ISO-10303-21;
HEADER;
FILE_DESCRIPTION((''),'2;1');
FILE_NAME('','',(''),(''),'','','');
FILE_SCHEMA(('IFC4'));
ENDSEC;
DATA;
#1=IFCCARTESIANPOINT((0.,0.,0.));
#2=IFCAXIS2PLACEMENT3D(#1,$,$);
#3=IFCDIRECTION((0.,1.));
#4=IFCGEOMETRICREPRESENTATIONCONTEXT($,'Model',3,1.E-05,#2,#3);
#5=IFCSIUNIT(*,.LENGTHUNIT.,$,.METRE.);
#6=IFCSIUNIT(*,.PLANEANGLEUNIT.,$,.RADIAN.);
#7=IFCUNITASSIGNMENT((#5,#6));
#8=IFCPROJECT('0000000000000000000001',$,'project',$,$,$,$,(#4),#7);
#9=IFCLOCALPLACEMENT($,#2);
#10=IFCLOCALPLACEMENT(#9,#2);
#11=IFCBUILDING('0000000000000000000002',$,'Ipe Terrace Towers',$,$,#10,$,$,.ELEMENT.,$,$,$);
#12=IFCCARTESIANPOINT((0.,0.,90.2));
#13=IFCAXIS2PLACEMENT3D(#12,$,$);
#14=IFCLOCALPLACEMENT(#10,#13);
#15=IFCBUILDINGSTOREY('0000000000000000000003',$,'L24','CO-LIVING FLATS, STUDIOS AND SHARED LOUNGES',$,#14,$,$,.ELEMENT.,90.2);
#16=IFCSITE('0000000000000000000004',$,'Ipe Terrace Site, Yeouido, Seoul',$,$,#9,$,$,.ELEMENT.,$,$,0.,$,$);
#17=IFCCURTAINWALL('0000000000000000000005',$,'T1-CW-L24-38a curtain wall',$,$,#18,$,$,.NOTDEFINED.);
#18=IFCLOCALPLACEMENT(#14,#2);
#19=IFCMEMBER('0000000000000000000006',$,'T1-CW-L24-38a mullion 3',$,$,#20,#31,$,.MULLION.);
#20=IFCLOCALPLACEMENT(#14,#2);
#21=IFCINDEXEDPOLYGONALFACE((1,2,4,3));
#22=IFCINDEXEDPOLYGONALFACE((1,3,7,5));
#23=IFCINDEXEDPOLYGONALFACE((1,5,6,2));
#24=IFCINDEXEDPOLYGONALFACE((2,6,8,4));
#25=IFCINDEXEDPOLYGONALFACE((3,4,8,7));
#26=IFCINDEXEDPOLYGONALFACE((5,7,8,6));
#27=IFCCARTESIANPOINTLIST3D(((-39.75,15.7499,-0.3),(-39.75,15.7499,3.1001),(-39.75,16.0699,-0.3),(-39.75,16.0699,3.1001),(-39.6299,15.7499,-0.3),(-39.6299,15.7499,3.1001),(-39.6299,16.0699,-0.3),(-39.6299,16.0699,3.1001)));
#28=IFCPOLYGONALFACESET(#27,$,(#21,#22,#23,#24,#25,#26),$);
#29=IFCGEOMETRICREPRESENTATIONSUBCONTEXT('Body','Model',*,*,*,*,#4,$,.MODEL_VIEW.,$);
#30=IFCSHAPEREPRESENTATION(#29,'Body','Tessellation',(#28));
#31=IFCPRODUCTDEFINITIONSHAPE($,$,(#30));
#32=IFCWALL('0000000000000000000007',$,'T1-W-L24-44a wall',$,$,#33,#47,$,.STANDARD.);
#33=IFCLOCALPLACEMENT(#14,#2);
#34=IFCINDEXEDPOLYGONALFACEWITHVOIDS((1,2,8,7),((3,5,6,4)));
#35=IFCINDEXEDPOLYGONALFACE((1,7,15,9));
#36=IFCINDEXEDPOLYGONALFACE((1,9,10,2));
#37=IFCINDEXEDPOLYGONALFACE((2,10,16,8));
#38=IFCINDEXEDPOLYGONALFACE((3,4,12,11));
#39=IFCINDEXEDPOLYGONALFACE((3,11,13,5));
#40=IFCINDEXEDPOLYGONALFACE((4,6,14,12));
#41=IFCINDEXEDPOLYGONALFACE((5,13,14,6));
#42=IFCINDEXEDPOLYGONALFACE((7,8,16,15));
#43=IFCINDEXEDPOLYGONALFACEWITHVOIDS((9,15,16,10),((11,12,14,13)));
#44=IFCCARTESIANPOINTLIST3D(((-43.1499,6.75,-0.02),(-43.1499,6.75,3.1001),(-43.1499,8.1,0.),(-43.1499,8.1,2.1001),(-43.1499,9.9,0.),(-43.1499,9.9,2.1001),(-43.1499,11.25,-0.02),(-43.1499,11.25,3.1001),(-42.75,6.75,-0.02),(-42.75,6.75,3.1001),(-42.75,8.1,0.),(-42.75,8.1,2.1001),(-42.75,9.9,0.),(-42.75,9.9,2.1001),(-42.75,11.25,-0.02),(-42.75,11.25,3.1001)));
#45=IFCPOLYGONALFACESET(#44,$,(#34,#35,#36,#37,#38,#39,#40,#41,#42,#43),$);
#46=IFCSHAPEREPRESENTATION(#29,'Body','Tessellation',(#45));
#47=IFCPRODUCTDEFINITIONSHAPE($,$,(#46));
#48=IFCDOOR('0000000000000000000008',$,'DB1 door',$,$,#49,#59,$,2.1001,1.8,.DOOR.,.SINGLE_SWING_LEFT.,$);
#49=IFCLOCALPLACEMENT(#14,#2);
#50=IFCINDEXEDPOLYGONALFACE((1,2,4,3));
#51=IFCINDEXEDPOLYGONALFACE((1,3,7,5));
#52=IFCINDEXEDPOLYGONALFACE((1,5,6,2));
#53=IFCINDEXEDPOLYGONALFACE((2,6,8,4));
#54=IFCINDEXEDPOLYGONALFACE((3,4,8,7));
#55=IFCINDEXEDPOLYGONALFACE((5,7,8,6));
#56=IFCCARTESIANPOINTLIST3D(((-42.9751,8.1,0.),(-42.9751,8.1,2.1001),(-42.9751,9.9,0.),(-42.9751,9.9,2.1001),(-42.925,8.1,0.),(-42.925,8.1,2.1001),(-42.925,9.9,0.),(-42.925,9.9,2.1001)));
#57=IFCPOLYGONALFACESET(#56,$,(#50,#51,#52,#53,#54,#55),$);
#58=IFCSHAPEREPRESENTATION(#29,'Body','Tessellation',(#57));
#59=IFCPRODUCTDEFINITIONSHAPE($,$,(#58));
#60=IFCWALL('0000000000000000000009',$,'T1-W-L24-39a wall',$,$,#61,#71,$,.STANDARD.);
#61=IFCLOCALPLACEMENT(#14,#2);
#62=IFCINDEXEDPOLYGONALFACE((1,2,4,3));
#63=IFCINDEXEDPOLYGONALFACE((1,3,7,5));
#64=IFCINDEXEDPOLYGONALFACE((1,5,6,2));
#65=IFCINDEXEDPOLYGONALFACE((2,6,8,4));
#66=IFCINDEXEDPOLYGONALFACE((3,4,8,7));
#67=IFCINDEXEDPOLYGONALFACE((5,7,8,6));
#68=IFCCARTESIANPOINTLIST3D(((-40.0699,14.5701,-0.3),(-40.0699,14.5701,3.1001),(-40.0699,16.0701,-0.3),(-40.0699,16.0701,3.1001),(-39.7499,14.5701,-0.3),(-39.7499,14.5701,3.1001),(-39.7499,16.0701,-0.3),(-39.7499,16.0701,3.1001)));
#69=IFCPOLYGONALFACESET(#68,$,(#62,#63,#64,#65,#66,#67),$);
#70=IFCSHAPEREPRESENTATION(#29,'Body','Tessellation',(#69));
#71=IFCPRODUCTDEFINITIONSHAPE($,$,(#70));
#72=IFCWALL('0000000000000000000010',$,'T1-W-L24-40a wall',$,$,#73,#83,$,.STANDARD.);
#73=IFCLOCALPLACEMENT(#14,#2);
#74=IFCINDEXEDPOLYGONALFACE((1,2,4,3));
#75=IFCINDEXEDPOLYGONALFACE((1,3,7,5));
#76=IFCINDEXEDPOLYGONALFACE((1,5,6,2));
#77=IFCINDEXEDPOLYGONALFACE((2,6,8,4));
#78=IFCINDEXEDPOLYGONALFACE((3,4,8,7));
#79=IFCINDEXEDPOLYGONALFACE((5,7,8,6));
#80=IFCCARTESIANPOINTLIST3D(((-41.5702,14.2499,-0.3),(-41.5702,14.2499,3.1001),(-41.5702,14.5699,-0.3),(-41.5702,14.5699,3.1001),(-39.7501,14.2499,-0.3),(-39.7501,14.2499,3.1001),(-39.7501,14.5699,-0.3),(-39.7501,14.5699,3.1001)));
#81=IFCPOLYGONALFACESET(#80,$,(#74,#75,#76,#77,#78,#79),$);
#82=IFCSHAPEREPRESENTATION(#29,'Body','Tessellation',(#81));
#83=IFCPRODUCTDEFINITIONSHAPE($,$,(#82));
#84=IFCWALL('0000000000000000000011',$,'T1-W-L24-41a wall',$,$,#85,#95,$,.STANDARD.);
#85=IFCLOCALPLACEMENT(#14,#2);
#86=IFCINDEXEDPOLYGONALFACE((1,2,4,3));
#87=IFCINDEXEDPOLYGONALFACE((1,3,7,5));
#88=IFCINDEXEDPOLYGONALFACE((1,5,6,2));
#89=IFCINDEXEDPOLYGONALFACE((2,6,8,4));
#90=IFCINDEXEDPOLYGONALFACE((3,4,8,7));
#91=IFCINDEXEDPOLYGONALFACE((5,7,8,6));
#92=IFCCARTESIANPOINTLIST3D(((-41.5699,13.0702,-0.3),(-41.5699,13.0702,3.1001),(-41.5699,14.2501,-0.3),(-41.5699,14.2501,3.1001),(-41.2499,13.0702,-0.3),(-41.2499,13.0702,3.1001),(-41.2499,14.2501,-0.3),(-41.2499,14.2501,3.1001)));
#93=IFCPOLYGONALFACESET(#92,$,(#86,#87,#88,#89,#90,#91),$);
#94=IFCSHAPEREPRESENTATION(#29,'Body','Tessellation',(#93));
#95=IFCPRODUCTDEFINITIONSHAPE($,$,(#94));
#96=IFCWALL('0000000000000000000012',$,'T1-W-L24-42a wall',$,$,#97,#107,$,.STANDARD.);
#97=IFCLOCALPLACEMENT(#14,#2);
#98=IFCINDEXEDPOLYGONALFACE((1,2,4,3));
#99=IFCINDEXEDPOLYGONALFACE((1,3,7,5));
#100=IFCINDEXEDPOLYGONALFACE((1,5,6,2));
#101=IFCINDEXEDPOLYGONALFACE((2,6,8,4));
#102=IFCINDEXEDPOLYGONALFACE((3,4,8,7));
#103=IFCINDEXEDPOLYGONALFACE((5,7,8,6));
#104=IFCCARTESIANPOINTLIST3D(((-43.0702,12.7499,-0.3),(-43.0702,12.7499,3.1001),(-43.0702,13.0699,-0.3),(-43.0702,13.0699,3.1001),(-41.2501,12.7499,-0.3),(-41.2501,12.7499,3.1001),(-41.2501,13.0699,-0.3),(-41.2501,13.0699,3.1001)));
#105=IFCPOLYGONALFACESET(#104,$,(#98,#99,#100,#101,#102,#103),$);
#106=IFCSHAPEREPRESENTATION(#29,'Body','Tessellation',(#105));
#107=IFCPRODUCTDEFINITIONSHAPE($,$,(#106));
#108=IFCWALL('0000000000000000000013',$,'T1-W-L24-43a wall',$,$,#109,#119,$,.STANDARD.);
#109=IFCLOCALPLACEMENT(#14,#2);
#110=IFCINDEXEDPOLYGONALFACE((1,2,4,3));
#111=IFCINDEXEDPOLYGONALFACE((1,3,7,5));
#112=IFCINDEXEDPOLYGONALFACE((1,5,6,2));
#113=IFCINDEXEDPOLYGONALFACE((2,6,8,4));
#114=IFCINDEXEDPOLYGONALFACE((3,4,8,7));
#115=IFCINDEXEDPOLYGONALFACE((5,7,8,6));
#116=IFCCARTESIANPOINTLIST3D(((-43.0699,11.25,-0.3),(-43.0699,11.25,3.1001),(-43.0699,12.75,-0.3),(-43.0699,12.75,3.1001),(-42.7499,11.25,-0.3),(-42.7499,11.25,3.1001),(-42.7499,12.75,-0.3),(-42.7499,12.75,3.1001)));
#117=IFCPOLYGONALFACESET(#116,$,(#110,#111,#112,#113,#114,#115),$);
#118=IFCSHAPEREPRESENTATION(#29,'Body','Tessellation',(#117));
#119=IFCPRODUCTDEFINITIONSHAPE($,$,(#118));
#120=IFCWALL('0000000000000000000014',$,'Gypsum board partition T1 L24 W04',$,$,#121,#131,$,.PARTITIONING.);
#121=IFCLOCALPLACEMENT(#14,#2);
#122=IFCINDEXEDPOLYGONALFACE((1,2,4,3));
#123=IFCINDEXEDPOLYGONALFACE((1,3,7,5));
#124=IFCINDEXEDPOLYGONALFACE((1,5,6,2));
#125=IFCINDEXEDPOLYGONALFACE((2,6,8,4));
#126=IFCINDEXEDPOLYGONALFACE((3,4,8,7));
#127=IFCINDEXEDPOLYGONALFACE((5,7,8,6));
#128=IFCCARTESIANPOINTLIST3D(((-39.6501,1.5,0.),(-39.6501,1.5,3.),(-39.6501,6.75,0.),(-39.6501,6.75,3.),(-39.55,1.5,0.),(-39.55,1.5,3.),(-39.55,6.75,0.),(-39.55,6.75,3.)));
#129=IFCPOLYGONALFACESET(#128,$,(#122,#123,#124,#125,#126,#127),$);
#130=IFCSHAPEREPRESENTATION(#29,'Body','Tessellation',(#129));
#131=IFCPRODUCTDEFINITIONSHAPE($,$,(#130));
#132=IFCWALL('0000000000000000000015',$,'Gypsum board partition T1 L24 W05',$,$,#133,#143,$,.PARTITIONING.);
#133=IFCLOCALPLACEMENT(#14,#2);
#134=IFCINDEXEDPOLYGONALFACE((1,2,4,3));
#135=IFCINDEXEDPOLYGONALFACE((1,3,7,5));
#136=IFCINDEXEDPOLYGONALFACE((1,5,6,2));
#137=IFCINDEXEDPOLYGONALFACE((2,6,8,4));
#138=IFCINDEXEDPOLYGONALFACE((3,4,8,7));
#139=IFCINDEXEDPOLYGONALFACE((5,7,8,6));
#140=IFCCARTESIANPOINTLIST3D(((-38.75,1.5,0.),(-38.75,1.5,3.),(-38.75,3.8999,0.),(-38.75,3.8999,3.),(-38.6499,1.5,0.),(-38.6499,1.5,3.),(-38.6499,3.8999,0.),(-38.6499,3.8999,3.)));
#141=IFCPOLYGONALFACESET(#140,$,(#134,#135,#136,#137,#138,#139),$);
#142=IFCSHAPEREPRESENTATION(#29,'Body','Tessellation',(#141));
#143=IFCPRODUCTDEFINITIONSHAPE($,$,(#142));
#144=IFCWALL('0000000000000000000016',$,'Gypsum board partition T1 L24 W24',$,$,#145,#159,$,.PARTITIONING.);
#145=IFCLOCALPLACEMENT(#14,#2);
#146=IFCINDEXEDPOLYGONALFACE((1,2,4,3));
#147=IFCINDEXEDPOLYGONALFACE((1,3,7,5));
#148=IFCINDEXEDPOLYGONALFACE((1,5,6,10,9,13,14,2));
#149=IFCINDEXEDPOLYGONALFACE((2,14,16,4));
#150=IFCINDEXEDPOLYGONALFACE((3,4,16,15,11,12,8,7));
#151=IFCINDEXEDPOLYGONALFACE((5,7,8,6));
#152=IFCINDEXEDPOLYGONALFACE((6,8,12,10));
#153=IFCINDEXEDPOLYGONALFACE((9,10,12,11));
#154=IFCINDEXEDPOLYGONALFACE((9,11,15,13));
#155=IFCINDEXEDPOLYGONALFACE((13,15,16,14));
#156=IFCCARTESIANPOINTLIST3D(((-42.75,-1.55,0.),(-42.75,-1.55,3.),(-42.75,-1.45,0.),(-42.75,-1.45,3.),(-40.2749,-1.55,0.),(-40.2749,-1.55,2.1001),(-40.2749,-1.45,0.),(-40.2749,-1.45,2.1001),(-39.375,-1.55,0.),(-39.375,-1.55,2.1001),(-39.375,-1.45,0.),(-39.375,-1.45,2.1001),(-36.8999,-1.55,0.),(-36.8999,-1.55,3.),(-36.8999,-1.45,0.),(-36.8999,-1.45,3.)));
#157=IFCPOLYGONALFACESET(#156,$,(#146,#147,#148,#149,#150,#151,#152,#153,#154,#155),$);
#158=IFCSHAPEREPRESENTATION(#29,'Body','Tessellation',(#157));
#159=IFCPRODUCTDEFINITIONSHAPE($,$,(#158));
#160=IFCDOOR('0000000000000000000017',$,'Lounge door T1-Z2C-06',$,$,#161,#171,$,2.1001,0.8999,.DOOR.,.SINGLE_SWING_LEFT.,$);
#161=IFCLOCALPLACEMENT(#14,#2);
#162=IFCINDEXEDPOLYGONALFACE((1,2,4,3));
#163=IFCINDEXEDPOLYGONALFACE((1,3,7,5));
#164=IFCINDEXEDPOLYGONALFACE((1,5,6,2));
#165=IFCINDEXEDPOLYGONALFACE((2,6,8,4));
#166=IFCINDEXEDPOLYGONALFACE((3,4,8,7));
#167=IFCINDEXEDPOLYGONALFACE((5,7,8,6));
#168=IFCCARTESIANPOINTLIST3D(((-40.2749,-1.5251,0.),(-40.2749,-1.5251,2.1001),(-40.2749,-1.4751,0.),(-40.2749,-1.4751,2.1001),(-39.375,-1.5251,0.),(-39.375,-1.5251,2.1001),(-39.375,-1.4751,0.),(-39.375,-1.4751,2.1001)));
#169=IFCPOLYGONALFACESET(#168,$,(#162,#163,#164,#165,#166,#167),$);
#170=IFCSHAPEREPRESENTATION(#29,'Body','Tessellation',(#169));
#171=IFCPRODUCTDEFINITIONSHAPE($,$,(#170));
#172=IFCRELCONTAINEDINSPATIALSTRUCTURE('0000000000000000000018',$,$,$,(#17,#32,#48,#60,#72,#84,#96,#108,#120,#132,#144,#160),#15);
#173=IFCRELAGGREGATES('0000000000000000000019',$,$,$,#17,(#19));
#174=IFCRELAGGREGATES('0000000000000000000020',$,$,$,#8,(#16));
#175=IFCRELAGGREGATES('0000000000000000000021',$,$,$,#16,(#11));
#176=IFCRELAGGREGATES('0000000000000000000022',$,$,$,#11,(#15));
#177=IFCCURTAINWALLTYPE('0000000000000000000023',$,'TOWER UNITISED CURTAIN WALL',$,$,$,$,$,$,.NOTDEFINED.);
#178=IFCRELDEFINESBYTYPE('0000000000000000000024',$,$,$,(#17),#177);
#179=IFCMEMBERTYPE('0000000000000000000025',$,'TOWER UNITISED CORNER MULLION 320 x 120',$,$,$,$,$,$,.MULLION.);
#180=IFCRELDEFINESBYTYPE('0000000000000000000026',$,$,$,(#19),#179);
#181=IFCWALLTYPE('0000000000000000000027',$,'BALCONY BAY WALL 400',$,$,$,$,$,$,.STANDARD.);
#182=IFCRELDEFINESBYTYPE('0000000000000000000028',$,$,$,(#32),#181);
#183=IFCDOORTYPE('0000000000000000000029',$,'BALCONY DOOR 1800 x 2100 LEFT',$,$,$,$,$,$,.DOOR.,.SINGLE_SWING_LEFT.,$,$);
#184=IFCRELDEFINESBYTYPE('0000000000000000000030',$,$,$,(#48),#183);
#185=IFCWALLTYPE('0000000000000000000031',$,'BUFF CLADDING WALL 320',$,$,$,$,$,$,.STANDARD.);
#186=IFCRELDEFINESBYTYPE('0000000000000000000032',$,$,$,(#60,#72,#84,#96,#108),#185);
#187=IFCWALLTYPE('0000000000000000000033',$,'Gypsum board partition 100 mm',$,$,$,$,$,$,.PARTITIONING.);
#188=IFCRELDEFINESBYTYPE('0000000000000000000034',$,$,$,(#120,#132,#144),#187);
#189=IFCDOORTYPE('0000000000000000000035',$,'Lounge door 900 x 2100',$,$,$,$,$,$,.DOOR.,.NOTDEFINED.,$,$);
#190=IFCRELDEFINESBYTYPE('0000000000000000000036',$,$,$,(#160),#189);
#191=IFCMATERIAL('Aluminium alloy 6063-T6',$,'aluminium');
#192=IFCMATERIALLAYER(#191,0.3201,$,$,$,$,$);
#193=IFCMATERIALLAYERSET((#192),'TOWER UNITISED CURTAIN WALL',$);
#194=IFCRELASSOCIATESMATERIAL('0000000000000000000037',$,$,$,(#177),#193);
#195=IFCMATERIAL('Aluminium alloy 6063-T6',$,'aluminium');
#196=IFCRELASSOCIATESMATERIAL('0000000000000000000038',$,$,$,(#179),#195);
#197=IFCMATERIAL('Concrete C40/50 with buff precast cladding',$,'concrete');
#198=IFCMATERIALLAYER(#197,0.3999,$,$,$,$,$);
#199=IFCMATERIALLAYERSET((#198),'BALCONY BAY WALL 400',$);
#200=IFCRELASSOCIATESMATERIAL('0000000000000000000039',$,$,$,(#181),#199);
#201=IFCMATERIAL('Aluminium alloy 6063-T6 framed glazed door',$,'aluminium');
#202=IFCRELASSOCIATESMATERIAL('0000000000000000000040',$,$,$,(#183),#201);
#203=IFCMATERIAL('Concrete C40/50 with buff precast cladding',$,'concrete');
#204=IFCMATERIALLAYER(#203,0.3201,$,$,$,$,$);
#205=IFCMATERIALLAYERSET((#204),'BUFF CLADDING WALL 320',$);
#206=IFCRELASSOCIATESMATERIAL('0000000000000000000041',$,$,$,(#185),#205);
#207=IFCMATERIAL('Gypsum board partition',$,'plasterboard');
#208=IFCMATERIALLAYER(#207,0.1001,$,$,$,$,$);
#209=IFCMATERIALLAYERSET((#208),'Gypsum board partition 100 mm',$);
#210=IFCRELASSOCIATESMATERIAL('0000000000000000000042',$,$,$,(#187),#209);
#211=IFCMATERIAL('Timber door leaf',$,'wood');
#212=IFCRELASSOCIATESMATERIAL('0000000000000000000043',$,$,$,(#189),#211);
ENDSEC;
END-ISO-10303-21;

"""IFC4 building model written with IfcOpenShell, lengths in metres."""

from ifc_helpers import new_model, si_unit, direction, frame, frame_2d, origin, origin_2d, place, context, subcontext, project, spatial, rectangle, extrude, material, layer, layer_set, material_profile, profile_set, type_object, element, fill, aggregate, save


model = new_model("IFC4")

# Units and contexts
model_context = context("Model", 3, precision=1e-05, world=origin(), true_north=direction((0.0, 1.0)))
body_context = subcontext(model_context, "Body", "Model", "MODEL_VIEW")
ifc_project = project(units=[si_unit("LENGTHUNIT", "METRE"), si_unit("PLANEANGLEUNIT", "RADIAN")], contexts=[model_context])

# Site, building, storey
site_placement = place(None, origin())
site = spatial("IfcSite", under=ifc_project, at=site_placement, Name="Ipe Terrace Site, Yeouido, Seoul", CompositionType="ELEMENT", RefElevation=0.0)
building_placement = place(site_placement, origin())
building = spatial("IfcBuilding", under=site, at=building_placement, Name="Ipe Terrace Towers", CompositionType="ELEMENT")
storey_placement = place(building_placement, frame((0.0, 0.0, 90.2)))
storey = spatial("IfcBuildingStorey", under=building, at=storey_placement, Name="L24", Description="CO-LIVING FLATS, STUDIOS AND SHARED LOUNGES", CompositionType="ELEMENT", Elevation=90.2)

# Curtain wall, member
ifc_material_1 = material(Name="Aluminium alloy 6063-T6", Category="aluminium")
ifc_layer_1 = layer(ifc_material_1, 0.3201)
ifc_layer_set_1 = layer_set([ifc_layer_1], Name="TOWER UNITISED CURTAIN WALL")
curtain_wall_type = type_object("IfcCurtainWallType", Name="TOWER UNITISED CURTAIN WALL", PredefinedType="NOTDEFINED", material=ifc_layer_set_1)
curtain_wall_placement = place(storey_placement, origin())
curtain_wall = element("IfcCurtainWall", 1, at=curtain_wall_placement, inside=storey, type_object=curtain_wall_type, Name="T1-CW-L24-38a curtain wall", PredefinedType="NOTDEFINED")
ifc_material_2 = material(Name="Aluminium alloy 6063-T6", Category="aluminium")
ifc_material_profile_1 = material_profile(ifc_material_2, rectangle(XDim=0.3201, YDim=0.1201, at=origin_2d()), Name="TOWER UNITISED CORNER MULLION 320 x 120")
ifc_profile_set_1 = profile_set([ifc_material_profile_1], Name="Aluminium alloy 6063-T6")
member_type = type_object("IfcMemberType", Name="TOWER UNITISED CORNER MULLION 320 x 120", PredefinedType="MULLION", material=ifc_profile_set_1)
member_placement = place(storey_placement, frame((-39.6899, 15.9099, -0.3), z_axis=(0.0, 0.0, 1.0), x_axis=(0.0, 1.0, 0.0)))
member = element("IfcMember", 2, at=member_placement, type_object=member_type, Name="T1-CW-L24-38a mullion 3", PredefinedType="MULLION", context=body_context, shape_type="SweptSolid", body=[
    extrude(rectangle(XDim=0.3201, YDim=0.1201, at=origin_2d()), origin(), (0.0, 0.0, 1.0), 3.4001),
])
aggregate(curtain_wall, [member])

# Wall, opening, door
ifc_material_3 = material(Name="Concrete C40/50 with buff precast cladding", Category="concrete")
ifc_layer_2 = layer(ifc_material_3, 0.3999)
ifc_layer_set_2 = layer_set([ifc_layer_2], Name="BALCONY BAY WALL 400")
wall_type_1 = type_object("IfcWallType", Name="BALCONY BAY WALL 400", PredefinedType="STANDARD", material=ifc_layer_set_2)
wall_1_placement = place(storey_placement, frame((-42.95, 11.25, -0.02), z_axis=(0.0, 0.0, 1.0), x_axis=(0.0, -1.0, 0.0)))
wall_1 = element("IfcWall", 3, at=wall_1_placement, inside=storey, type_object=wall_type_1, Name="T1-W-L24-44a wall", PredefinedType="STANDARD", context=body_context, shape_type="SweptSolid", body=[
    extrude(rectangle(XDim=4.5, YDim=0.3999, at=frame_2d((2.25, 0.0))), origin(), (0.0, 0.0, 1.0), 3.1201),
])
opening_1_placement = place(wall_1_placement, frame((1.3501, 0.0, 0.02)))
opening_1 = element("IfcOpeningElement", 4, at=opening_1_placement, cuts=wall_1, PredefinedType="OPENING", context=body_context, shape_type="SweptSolid", body=[
    extrude(rectangle(XDim=1.8, YDim=2.1001, at=frame_2d((0.8999, 1.05))), frame((0.0, 0.21, 0.0), z_axis=(0.0, -1.0, 0.0), x_axis=(1.0, 0.0, 0.0)), (0.0, 0.0, 1.0), 0.4199),
])
ifc_material_4 = material(Name="Aluminium alloy 6063-T6 framed glazed door", Category="aluminium")
door_type_1 = type_object("IfcDoorType", Name="BALCONY DOOR 1800 x 2100 LEFT", OperationType="SINGLE_SWING_LEFT", PredefinedType="DOOR", material=ifc_material_4)
door_1_placement = place(opening_1_placement, origin())
door_1 = element("IfcDoor", 5, at=door_1_placement, inside=storey, type_object=door_type_1, Name="DB1 door", OperationType="SINGLE_SWING_LEFT", OverallHeight=2.1001, OverallWidth=1.8, PredefinedType="DOOR", context=body_context, shape_type="SweptSolid", body=[
    extrude(rectangle(XDim=1.8, YDim=2.1001, at=frame_2d((0.8999, 1.05))), frame((0.0, 0.0249, 0.0), z_axis=(0.0, -1.0, 0.0), x_axis=(1.0, 0.0, 0.0)), (0.0, 0.0, 1.0), 0.05),
])
fill(opening_1, door_1)

# Walls
ifc_material_5 = material(Name="Concrete C40/50 with buff precast cladding", Category="concrete")
ifc_layer_3 = layer(ifc_material_5, 0.3201)
ifc_layer_set_3 = layer_set([ifc_layer_3], Name="BUFF CLADDING WALL 320")
wall_type_2 = type_object("IfcWallType", Name="BUFF CLADDING WALL 320", PredefinedType="STANDARD", material=ifc_layer_set_3)
wall_2_placement = place(storey_placement, frame((-39.9099, 16.0701, -0.3), z_axis=(0.0, 0.0, 1.0), x_axis=(0.0, -1.0, 0.0)))
element("IfcWall", 6, at=wall_2_placement, inside=storey, type_object=wall_type_2, Name="T1-W-L24-39a wall", PredefinedType="STANDARD", context=body_context, shape_type="SweptSolid", body=[
    extrude(rectangle(XDim=1.5, YDim=0.3201, at=frame_2d((0.75, 0.0))), origin(), (0.0, 0.0, 1.0), 3.4001),
])
wall_3_placement = place(storey_placement, frame((-39.75, 14.4099, -0.3), z_axis=(0.0, 0.0, 1.0), x_axis=(-1.0, 0.0, 0.0)))
element("IfcWall", 7, at=wall_3_placement, inside=storey, type_object=wall_type_2, Name="T1-W-L24-40a wall", PredefinedType="STANDARD", context=body_context, shape_type="SweptSolid", body=[
    extrude(rectangle(XDim=1.8201, YDim=0.3201, at=frame_2d((0.9102, 0.0))), origin(), (0.0, 0.0, 1.0), 3.4001),
])
wall_4_placement = place(storey_placement, frame((-41.4099, 14.25, -0.3), z_axis=(0.0, 0.0, 1.0), x_axis=(0.0, -1.0, 0.0)))
element("IfcWall", 8, at=wall_4_placement, inside=storey, type_object=wall_type_2, Name="T1-W-L24-41a wall", PredefinedType="STANDARD", context=body_context, shape_type="SweptSolid", body=[
    extrude(rectangle(XDim=1.1799, YDim=0.3201, at=frame_2d((0.5898, 0.0))), origin(), (0.0, 0.0, 1.0), 3.4001),
])
wall_5_placement = place(storey_placement, frame((-41.25, 12.9099, -0.3), z_axis=(0.0, 0.0, 1.0), x_axis=(-1.0, 0.0, 0.0)))
element("IfcWall", 9, at=wall_5_placement, inside=storey, type_object=wall_type_2, Name="T1-W-L24-42a wall", PredefinedType="STANDARD", context=body_context, shape_type="SweptSolid", body=[
    extrude(rectangle(XDim=1.8201, YDim=0.3201, at=frame_2d((0.9102, 0.0))), origin(), (0.0, 0.0, 1.0), 3.4001),
])
wall_6_placement = place(storey_placement, frame((-42.9099, 12.75, -0.3), z_axis=(0.0, 0.0, 1.0), x_axis=(0.0, -1.0, 0.0)))
element("IfcWall", 10, at=wall_6_placement, inside=storey, type_object=wall_type_2, Name="T1-W-L24-43a wall", PredefinedType="STANDARD", context=body_context, shape_type="SweptSolid", body=[
    extrude(rectangle(XDim=1.5, YDim=0.3201, at=frame_2d((0.75, 0.0))), origin(), (0.0, 0.0, 1.0), 3.4001),
])
ifc_material_6 = material(Name="Gypsum board partition", Category="plasterboard")
ifc_layer_4 = layer(ifc_material_6, 0.1001)
ifc_layer_set_4 = layer_set([ifc_layer_4], Name="Gypsum board partition 100 mm")
wall_type_3 = type_object("IfcWallType", Name="Gypsum board partition 100 mm", PredefinedType="PARTITIONING", material=ifc_layer_set_4)
wall_7_placement = place(storey_placement, frame((-39.6001, 1.5, 0.0), z_axis=(0.0, 0.0, 1.0), x_axis=(0.0, 1.0, 0.0)))
element("IfcWall", 11, at=wall_7_placement, inside=storey, type_object=wall_type_3, Name="Gypsum board partition T1 L24 W04", PredefinedType="PARTITIONING", context=body_context, shape_type="SweptSolid", body=[
    extrude(rectangle(XDim=5.25, YDim=0.1001, at=frame_2d((2.625, 0.0))), origin(), (0.0, 0.0, 1.0), 3.0),
])
wall_8_placement = place(storey_placement, frame((-38.7, 1.5, 0.0), z_axis=(0.0, 0.0, 1.0), x_axis=(0.0, 1.0, 0.0)))
element("IfcWall", 12, at=wall_8_placement, inside=storey, type_object=wall_type_3, Name="Gypsum board partition T1 L24 W05", PredefinedType="PARTITIONING", context=body_context, shape_type="SweptSolid", body=[
    extrude(rectangle(XDim=2.3999, YDim=0.1001, at=frame_2d((1.2, 0.0))), origin(), (0.0, 0.0, 1.0), 3.0),
])

# Wall, opening, door
wall_9_placement = place(storey_placement, frame((-42.75, -1.5, 0.0), z_axis=(0.0, 0.0, 1.0), x_axis=(1.0, 0.0, 0.0)))
wall_9 = element("IfcWall", 13, at=wall_9_placement, inside=storey, type_object=wall_type_3, Name="Gypsum board partition T1 L24 W24", PredefinedType="PARTITIONING", context=body_context, shape_type="SweptSolid", body=[
    extrude(rectangle(XDim=5.8501, YDim=0.1001, at=frame_2d((2.925, 0.0))), origin(), (0.0, 0.0, 1.0), 3.0),
])
opening_2_placement = place(wall_9_placement, frame((2.4751, 0.0, 0.0)))
opening_2 = element("IfcOpeningElement", 14, at=opening_2_placement, cuts=wall_9, PredefinedType="OPENING", context=body_context, shape_type="SweptSolid", body=[
    extrude(rectangle(XDim=0.8999, YDim=2.1001, at=frame_2d((0.45, 1.05))), frame((0.0, 0.0601, 0.0), z_axis=(0.0, -1.0, 0.0), x_axis=(1.0, 0.0, 0.0)), (0.0, 0.0, 1.0), 0.1201),
])
ifc_material_7 = material(Name="Timber door leaf", Category="wood")
door_type_2 = type_object("IfcDoorType", Name="Lounge door 900 x 2100", OperationType="NOTDEFINED", PredefinedType="DOOR", material=ifc_material_7)
door_2_placement = place(opening_2_placement, origin())
door_2 = element("IfcDoor", 15, at=door_2_placement, inside=storey, type_object=door_type_2, Name="Lounge door T1-Z2C-06", OperationType="SINGLE_SWING_LEFT", OverallHeight=2.1001, OverallWidth=0.8999, PredefinedType="DOOR", context=body_context, shape_type="SweptSolid", body=[
    extrude(rectangle(XDim=0.8999, YDim=2.1001, at=frame_2d((0.45, 1.05))), frame((0.0, 0.0249, 0.0), z_axis=(0.0, -1.0, 0.0), x_axis=(1.0, 0.0, 0.0)), (0.0, 0.0, 1.0), 0.05),
])
fill(opening_2, door_2)

save(model, "model.ifc")
